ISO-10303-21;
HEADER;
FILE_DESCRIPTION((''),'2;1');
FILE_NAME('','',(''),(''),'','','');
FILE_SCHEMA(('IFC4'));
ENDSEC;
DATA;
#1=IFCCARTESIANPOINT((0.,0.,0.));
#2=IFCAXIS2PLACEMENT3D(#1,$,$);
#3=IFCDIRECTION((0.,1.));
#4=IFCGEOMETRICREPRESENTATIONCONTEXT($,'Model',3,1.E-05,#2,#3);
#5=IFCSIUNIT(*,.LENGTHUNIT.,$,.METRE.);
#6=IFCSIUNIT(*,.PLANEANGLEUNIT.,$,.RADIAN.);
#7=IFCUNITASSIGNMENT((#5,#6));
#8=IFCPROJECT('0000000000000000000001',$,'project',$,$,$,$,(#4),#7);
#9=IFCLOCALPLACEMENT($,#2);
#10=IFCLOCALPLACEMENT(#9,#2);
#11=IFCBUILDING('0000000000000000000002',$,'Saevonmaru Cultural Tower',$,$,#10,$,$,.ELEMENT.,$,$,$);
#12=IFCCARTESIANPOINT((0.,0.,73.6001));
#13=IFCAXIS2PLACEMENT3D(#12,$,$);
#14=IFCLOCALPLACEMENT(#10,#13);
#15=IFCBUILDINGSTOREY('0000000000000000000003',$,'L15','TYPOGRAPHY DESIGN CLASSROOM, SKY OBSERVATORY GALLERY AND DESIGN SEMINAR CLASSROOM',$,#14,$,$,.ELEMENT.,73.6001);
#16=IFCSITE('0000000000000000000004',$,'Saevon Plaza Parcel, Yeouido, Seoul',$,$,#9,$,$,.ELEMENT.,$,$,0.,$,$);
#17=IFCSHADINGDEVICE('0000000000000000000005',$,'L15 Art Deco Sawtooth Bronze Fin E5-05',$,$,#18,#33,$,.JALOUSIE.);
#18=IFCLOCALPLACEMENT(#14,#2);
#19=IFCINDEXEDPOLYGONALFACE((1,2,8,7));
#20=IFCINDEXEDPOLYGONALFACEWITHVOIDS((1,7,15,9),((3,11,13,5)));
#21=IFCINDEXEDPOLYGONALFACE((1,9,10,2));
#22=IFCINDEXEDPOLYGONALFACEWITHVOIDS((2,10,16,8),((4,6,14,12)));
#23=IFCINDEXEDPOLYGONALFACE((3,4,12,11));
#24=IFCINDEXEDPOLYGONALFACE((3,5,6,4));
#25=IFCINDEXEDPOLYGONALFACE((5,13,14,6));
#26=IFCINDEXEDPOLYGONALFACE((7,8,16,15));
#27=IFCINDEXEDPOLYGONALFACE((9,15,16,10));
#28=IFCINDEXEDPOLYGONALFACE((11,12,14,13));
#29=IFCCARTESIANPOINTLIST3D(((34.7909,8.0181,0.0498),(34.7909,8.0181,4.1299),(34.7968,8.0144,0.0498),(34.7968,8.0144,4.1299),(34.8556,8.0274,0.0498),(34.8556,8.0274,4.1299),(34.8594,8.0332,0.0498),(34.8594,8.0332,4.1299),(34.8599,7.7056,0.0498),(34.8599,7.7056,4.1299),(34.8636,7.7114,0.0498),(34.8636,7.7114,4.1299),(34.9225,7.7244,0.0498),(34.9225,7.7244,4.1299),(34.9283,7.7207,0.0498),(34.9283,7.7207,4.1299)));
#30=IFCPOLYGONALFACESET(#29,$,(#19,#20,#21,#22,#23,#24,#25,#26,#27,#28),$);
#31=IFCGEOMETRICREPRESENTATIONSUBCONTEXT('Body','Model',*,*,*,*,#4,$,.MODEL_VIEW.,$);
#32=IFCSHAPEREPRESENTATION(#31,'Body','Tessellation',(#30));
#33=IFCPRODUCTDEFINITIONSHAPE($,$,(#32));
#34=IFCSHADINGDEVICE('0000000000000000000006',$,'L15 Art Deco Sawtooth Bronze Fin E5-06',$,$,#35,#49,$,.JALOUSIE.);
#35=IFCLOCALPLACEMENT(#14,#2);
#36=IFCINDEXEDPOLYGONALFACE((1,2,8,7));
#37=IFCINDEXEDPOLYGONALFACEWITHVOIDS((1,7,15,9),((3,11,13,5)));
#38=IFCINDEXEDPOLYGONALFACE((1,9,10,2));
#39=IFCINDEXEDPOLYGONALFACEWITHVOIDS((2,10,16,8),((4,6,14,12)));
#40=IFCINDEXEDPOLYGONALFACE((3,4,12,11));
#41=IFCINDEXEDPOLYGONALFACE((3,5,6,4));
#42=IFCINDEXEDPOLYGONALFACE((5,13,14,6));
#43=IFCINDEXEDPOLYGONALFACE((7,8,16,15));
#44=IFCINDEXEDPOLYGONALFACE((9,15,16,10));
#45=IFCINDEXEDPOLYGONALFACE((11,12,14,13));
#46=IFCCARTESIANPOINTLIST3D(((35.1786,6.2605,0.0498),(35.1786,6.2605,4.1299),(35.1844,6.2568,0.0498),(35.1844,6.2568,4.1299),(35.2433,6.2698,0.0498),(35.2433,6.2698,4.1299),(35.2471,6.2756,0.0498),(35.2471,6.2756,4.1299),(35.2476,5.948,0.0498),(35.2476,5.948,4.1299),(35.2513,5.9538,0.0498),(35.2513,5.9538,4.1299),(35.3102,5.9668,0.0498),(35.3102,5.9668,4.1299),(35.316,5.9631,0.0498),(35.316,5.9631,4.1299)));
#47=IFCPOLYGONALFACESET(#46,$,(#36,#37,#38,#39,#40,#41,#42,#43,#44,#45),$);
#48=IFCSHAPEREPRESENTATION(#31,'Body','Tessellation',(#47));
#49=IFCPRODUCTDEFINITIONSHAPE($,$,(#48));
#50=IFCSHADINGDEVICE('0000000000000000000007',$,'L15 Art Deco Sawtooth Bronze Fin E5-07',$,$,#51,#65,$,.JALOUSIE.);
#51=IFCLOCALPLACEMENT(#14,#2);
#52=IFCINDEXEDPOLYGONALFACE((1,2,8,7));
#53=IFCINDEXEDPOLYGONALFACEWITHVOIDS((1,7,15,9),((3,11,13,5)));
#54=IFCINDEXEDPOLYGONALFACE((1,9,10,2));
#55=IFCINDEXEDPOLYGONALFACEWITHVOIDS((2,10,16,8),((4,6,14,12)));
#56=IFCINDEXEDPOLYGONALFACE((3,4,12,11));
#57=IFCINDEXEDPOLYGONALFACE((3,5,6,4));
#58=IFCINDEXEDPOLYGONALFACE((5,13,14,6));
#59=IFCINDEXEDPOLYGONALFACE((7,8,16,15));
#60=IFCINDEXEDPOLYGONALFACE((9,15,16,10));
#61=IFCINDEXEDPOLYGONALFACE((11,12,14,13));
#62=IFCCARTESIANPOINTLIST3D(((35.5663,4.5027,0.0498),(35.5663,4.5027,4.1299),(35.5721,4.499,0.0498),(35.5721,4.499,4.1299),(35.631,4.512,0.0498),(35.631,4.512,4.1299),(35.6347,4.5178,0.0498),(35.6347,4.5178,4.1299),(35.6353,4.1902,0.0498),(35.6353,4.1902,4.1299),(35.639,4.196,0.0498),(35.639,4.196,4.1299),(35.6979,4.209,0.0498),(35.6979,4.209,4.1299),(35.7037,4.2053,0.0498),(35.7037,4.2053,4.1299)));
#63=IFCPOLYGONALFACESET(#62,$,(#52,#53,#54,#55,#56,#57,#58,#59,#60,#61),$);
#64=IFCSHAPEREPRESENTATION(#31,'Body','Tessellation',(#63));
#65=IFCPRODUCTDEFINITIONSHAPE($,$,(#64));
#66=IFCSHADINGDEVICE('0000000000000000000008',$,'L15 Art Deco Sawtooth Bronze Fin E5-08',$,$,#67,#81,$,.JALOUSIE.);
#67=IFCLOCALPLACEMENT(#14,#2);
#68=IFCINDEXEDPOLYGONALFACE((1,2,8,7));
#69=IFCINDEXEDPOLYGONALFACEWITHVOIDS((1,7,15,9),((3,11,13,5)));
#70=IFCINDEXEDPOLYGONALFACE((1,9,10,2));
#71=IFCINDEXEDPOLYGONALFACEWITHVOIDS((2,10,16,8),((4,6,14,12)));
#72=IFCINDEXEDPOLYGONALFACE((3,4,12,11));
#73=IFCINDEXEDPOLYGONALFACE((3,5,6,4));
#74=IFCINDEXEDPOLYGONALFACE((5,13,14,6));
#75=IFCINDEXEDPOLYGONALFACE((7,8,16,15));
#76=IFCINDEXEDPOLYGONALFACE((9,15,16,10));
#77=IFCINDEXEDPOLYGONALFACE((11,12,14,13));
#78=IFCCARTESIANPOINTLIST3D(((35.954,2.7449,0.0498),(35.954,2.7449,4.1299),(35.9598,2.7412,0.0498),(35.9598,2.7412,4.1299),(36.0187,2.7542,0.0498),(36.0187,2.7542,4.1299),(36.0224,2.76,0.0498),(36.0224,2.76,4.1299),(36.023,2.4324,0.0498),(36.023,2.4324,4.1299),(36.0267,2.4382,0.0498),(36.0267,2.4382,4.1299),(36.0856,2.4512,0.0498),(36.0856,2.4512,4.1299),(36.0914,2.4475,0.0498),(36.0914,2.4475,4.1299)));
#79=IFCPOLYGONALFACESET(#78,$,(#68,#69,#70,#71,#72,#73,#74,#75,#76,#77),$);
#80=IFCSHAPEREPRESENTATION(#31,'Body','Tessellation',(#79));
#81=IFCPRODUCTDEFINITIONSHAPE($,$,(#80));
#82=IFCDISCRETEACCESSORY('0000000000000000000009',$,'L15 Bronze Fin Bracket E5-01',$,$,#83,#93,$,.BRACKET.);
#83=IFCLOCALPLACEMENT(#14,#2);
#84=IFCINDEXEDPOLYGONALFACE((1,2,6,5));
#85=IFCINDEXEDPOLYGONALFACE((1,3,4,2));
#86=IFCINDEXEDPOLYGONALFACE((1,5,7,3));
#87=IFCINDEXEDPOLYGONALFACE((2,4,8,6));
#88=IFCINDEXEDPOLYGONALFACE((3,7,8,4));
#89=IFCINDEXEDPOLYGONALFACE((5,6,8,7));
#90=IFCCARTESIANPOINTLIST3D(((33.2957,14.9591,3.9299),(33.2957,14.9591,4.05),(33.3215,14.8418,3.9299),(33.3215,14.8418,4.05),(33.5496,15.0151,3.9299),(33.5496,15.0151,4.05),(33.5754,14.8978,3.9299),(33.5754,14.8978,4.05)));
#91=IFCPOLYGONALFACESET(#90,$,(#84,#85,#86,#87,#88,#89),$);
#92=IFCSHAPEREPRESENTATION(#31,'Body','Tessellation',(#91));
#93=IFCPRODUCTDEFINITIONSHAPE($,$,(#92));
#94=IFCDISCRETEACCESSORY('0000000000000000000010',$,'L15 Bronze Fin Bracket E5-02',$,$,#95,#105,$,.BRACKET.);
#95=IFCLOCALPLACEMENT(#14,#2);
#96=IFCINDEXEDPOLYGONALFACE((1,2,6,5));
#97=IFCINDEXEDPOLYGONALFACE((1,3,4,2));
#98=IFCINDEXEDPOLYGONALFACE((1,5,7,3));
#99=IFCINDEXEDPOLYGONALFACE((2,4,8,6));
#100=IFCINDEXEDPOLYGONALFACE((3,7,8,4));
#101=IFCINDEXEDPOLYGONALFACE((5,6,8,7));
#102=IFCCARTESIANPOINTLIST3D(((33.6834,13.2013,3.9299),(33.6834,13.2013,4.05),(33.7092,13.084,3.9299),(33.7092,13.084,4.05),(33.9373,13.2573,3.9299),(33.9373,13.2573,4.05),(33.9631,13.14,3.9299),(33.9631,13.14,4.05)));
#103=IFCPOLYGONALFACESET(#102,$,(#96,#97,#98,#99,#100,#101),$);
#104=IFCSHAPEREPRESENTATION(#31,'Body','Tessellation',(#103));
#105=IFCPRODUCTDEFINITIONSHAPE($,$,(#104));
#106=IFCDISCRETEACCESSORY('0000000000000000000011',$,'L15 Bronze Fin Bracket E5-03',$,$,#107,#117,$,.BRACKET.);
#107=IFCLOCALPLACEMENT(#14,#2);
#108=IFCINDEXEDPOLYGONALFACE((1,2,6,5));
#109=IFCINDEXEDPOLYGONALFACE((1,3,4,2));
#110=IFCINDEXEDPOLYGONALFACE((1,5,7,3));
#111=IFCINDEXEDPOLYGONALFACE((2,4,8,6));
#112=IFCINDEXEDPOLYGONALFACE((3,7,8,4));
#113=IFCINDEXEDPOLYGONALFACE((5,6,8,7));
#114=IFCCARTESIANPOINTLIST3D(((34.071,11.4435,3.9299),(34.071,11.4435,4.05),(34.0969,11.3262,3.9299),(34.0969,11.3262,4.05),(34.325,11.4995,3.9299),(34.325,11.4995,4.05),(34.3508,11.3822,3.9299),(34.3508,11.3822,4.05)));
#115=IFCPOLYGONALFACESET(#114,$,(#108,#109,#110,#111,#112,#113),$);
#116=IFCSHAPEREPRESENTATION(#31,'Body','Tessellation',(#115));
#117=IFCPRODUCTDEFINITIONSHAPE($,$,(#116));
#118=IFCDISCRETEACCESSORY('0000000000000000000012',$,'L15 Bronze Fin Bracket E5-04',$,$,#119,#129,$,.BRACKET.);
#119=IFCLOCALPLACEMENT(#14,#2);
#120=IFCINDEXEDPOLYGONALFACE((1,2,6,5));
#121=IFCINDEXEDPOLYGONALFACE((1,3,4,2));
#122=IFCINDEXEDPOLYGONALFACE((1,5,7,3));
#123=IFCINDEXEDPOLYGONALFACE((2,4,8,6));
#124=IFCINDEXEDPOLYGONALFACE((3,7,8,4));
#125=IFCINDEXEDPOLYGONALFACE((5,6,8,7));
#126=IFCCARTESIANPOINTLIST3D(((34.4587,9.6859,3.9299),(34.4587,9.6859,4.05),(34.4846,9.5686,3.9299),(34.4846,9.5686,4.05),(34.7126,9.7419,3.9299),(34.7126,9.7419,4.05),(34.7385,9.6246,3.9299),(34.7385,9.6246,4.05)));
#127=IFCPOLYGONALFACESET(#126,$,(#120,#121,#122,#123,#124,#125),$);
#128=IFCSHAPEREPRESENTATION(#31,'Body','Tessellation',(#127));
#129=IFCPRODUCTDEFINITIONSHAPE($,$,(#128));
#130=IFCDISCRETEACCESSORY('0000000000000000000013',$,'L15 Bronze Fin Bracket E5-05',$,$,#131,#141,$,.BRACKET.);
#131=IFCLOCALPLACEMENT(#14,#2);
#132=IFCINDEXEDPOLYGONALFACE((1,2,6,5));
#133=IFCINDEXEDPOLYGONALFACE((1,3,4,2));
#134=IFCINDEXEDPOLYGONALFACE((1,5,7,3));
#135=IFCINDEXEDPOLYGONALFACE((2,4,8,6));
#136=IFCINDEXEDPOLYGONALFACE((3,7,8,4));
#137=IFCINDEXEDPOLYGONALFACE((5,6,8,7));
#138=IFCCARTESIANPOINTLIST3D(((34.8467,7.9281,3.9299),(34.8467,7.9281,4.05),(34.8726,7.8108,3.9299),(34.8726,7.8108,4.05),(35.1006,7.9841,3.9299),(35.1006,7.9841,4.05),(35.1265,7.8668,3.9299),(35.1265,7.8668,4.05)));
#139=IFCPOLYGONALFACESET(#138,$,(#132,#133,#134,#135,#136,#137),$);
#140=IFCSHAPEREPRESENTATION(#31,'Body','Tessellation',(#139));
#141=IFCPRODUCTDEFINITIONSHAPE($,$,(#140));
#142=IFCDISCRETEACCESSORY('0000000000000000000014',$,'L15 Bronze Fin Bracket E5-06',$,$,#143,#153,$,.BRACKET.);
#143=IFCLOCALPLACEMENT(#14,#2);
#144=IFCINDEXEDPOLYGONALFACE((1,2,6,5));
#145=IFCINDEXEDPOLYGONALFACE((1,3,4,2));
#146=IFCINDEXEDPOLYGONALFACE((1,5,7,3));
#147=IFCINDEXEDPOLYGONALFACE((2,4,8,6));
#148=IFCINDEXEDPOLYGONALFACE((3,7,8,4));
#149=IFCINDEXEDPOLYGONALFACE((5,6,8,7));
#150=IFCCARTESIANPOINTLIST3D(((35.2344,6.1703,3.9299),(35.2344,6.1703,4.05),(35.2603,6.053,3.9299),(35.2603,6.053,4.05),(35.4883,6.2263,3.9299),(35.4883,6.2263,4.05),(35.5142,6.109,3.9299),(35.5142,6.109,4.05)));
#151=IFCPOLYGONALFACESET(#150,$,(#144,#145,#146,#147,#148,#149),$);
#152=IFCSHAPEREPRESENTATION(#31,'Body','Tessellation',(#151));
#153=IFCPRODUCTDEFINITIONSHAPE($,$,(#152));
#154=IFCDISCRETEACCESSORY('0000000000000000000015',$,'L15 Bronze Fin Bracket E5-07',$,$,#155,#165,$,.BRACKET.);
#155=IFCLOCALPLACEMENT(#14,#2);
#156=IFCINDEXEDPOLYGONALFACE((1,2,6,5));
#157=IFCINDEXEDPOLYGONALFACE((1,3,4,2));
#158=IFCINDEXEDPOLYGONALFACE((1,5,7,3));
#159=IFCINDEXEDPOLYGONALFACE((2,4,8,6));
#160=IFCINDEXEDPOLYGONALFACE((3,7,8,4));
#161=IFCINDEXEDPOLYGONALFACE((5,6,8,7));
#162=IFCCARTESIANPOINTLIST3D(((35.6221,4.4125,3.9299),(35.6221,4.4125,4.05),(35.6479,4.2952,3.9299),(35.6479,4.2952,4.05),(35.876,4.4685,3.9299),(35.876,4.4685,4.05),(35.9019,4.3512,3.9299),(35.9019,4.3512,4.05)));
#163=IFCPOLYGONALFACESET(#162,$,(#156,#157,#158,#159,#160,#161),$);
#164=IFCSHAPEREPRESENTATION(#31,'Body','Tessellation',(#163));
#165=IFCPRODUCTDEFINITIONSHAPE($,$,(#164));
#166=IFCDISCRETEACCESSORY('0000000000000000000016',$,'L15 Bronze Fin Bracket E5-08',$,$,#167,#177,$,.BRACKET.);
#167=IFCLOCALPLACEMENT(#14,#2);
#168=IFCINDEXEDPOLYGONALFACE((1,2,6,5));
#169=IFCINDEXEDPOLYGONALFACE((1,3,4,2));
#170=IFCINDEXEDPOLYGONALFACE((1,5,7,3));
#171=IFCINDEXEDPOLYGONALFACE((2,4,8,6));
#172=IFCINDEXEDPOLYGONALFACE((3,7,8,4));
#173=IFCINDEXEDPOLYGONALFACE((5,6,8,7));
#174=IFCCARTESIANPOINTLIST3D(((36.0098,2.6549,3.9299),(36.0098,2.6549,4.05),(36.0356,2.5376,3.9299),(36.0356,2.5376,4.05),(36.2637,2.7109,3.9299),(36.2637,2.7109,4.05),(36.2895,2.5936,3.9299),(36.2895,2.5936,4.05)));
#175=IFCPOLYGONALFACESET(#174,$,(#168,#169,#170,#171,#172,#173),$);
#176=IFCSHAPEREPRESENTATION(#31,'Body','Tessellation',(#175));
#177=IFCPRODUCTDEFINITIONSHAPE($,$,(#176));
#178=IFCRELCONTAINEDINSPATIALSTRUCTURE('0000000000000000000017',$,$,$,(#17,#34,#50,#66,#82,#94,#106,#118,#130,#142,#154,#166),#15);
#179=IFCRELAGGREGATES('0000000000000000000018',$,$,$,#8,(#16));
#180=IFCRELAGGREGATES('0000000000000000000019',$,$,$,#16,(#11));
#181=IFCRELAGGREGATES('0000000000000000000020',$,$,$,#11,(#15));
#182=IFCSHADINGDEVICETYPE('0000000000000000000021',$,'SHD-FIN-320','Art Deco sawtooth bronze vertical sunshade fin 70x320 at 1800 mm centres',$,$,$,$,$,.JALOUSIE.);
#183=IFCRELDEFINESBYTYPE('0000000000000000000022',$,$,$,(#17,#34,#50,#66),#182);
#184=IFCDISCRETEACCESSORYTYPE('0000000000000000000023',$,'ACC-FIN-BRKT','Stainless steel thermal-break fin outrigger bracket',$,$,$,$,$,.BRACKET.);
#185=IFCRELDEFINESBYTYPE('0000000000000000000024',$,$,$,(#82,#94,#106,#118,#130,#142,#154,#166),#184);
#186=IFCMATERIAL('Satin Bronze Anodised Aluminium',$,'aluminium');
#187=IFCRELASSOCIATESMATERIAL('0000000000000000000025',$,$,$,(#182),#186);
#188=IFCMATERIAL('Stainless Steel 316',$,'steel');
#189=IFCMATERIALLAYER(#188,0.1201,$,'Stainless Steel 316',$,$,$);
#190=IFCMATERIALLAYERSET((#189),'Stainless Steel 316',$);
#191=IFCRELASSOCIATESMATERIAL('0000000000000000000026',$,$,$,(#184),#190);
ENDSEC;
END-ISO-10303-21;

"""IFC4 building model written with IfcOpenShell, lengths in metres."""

from ifc_helpers import new_model, si_unit, direction, frame, origin, origin_2d, place, context, subcontext, project, spatial, rectangle, hollow_rectangle, extrude, material, layer, layer_set, material_profile, profile_set, type_object, element, save


model = new_model("IFC4")

# Units and contexts
model_context = context("Model", 3, precision=1e-05, world=origin(), true_north=direction((0.0, 1.0)))
body_context = subcontext(model_context, "Body", "Model", "MODEL_VIEW")
ifc_project = project(units=[si_unit("LENGTHUNIT", "METRE"), si_unit("PLANEANGLEUNIT", "RADIAN")], contexts=[model_context])

# Site, building, storey
site_placement = place(None, origin())
site = spatial("IfcSite", under=ifc_project, at=site_placement, Name="Saevon Plaza Parcel, Yeouido, Seoul", CompositionType="ELEMENT", RefElevation=0.0)
building_placement = place(site_placement, origin())
building = spatial("IfcBuilding", under=site, at=building_placement, Name="Saevonmaru Cultural Tower", CompositionType="ELEMENT")
storey_placement = place(building_placement, frame((0.0, 0.0, 73.6001)))
storey = spatial("IfcBuildingStorey", under=building, at=storey_placement, Name="L15", Description="TYPOGRAPHY DESIGN CLASSROOM, SKY OBSERVATORY GALLERY AND DESIGN SEMINAR CLASSROOM", CompositionType="ELEMENT", Elevation=73.6001)

# Shared definitions
ifc_material_1 = material(Name="Satin Bronze Anodised Aluminium", Category="aluminium")

# Shading devices
ifc_material_profile_1 = material_profile(ifc_material_1, hollow_rectangle(XDim=0.0701, YDim=0.3201, WallThickness=0.0049, at=origin_2d()), Name="FIN-320x70")
ifc_profile_set_1 = profile_set([ifc_material_profile_1], Name="Satin Bronze Anodised Aluminium")
shading_device_type = type_object("IfcShadingDeviceType", Name="SHD-FIN-320", Description="Art Deco sawtooth bronze vertical sunshade fin 70x320 at 1800 mm centres", PredefinedType="JALOUSIE", material=ifc_profile_set_1)
for number, where, z_axis, x_axis, name in (
    (1, (34.8596, 7.8694, 0.0498), (0.0, 0.0, 1.0), (-0.976522, -0.215417, 0.0), "L15 Art Deco Sawtooth Bronze Fin E5-05"),
    (2, (35.2473, 6.1118, 0.0498), (0.0, 0.0, 1.0), (-0.976522, -0.215417, 0.0), "L15 Art Deco Sawtooth Bronze Fin E5-06"),
    (3, (35.635, 4.354, 0.0498), (0.0, 0.0, 1.0), (-0.976522, -0.215417, 0.0), "L15 Art Deco Sawtooth Bronze Fin E5-07"),
    (4, (36.0227, 2.5962, 0.0498), (0.0, 0.0, 1.0), (-0.976522, -0.215417, 0.0), "L15 Art Deco Sawtooth Bronze Fin E5-08"),
):
    element("IfcShadingDevice", number, at=place(storey_placement, frame(where, z_axis=z_axis, x_axis=x_axis)), inside=storey, type_object=shading_device_type, Name=name, PredefinedType="JALOUSIE", context=body_context, shape_type="SweptSolid", body=[
        extrude(hollow_rectangle(XDim=0.0701, YDim=0.3201, WallThickness=0.0049, at=origin_2d()), origin(), (0.0, 0.0, 1.0), 4.0801),
    ])

# Discrete accessories
ifc_material_2 = material(Name="Stainless Steel 316", Category="steel")
ifc_layer_1 = layer(ifc_material_2, 0.1201, Name="Stainless Steel 316")
ifc_layer_set_1 = layer_set([ifc_layer_1], Name="Stainless Steel 316")
discrete_accessory_type = type_object("IfcDiscreteAccessoryType", Name="ACC-FIN-BRKT", Description="Stainless steel thermal-break fin outrigger bracket", PredefinedType="BRACKET", material=ifc_layer_set_1)
for number, where, z_axis, x_axis, name in (
    (5, (33.4355, 14.9285, 3.9299), (0.0, 0.0, 1.0), (-0.976522, -0.215417, 0.0), "L15 Bronze Fin Bracket E5-01"),
    (6, (33.8232, 13.1707, 3.9299), (0.0, 0.0, 1.0), (-0.976522, -0.215417, 0.0), "L15 Bronze Fin Bracket E5-02"),
    (7, (34.2109, 11.4128, 3.9299), (0.0, 0.0, 1.0), (-0.976522, -0.215417, 0.0), "L15 Bronze Fin Bracket E5-03"),
    (8, (34.5986, 9.6553, 3.9299), (0.0, 0.0, 1.0), (-0.976522, -0.215417, 0.0), "L15 Bronze Fin Bracket E5-04"),
    (9, (34.9866, 7.8975, 3.9299), (0.0, 0.0, 1.0), (-0.976522, -0.215417, 0.0), "L15 Bronze Fin Bracket E5-05"),
    (10, (35.3743, 6.1396, 3.9299), (0.0, 0.0, 1.0), (-0.976522, -0.215417, 0.0), "L15 Bronze Fin Bracket E5-06"),
    (11, (35.762, 4.3818, 3.9299), (0.0, 0.0, 1.0), (-0.976522, -0.215417, 0.0), "L15 Bronze Fin Bracket E5-07"),
    (12, (36.1497, 2.6243, 3.9299), (0.0, 0.0, 1.0), (-0.976522, -0.215417, 0.0), "L15 Bronze Fin Bracket E5-08"),
):
    element("IfcDiscreteAccessory", number, at=place(storey_placement, frame(where, z_axis=z_axis, x_axis=x_axis)), inside=storey, type_object=discrete_accessory_type, Name=name, PredefinedType="BRACKET", context=body_context, shape_type="SweptSolid", body=[
        extrude(rectangle(XDim=0.26, YDim=0.1201, at=origin_2d()), origin(), (0.0, 0.0, 1.0), 0.1201),
    ])

save(model, "model.ifc")
